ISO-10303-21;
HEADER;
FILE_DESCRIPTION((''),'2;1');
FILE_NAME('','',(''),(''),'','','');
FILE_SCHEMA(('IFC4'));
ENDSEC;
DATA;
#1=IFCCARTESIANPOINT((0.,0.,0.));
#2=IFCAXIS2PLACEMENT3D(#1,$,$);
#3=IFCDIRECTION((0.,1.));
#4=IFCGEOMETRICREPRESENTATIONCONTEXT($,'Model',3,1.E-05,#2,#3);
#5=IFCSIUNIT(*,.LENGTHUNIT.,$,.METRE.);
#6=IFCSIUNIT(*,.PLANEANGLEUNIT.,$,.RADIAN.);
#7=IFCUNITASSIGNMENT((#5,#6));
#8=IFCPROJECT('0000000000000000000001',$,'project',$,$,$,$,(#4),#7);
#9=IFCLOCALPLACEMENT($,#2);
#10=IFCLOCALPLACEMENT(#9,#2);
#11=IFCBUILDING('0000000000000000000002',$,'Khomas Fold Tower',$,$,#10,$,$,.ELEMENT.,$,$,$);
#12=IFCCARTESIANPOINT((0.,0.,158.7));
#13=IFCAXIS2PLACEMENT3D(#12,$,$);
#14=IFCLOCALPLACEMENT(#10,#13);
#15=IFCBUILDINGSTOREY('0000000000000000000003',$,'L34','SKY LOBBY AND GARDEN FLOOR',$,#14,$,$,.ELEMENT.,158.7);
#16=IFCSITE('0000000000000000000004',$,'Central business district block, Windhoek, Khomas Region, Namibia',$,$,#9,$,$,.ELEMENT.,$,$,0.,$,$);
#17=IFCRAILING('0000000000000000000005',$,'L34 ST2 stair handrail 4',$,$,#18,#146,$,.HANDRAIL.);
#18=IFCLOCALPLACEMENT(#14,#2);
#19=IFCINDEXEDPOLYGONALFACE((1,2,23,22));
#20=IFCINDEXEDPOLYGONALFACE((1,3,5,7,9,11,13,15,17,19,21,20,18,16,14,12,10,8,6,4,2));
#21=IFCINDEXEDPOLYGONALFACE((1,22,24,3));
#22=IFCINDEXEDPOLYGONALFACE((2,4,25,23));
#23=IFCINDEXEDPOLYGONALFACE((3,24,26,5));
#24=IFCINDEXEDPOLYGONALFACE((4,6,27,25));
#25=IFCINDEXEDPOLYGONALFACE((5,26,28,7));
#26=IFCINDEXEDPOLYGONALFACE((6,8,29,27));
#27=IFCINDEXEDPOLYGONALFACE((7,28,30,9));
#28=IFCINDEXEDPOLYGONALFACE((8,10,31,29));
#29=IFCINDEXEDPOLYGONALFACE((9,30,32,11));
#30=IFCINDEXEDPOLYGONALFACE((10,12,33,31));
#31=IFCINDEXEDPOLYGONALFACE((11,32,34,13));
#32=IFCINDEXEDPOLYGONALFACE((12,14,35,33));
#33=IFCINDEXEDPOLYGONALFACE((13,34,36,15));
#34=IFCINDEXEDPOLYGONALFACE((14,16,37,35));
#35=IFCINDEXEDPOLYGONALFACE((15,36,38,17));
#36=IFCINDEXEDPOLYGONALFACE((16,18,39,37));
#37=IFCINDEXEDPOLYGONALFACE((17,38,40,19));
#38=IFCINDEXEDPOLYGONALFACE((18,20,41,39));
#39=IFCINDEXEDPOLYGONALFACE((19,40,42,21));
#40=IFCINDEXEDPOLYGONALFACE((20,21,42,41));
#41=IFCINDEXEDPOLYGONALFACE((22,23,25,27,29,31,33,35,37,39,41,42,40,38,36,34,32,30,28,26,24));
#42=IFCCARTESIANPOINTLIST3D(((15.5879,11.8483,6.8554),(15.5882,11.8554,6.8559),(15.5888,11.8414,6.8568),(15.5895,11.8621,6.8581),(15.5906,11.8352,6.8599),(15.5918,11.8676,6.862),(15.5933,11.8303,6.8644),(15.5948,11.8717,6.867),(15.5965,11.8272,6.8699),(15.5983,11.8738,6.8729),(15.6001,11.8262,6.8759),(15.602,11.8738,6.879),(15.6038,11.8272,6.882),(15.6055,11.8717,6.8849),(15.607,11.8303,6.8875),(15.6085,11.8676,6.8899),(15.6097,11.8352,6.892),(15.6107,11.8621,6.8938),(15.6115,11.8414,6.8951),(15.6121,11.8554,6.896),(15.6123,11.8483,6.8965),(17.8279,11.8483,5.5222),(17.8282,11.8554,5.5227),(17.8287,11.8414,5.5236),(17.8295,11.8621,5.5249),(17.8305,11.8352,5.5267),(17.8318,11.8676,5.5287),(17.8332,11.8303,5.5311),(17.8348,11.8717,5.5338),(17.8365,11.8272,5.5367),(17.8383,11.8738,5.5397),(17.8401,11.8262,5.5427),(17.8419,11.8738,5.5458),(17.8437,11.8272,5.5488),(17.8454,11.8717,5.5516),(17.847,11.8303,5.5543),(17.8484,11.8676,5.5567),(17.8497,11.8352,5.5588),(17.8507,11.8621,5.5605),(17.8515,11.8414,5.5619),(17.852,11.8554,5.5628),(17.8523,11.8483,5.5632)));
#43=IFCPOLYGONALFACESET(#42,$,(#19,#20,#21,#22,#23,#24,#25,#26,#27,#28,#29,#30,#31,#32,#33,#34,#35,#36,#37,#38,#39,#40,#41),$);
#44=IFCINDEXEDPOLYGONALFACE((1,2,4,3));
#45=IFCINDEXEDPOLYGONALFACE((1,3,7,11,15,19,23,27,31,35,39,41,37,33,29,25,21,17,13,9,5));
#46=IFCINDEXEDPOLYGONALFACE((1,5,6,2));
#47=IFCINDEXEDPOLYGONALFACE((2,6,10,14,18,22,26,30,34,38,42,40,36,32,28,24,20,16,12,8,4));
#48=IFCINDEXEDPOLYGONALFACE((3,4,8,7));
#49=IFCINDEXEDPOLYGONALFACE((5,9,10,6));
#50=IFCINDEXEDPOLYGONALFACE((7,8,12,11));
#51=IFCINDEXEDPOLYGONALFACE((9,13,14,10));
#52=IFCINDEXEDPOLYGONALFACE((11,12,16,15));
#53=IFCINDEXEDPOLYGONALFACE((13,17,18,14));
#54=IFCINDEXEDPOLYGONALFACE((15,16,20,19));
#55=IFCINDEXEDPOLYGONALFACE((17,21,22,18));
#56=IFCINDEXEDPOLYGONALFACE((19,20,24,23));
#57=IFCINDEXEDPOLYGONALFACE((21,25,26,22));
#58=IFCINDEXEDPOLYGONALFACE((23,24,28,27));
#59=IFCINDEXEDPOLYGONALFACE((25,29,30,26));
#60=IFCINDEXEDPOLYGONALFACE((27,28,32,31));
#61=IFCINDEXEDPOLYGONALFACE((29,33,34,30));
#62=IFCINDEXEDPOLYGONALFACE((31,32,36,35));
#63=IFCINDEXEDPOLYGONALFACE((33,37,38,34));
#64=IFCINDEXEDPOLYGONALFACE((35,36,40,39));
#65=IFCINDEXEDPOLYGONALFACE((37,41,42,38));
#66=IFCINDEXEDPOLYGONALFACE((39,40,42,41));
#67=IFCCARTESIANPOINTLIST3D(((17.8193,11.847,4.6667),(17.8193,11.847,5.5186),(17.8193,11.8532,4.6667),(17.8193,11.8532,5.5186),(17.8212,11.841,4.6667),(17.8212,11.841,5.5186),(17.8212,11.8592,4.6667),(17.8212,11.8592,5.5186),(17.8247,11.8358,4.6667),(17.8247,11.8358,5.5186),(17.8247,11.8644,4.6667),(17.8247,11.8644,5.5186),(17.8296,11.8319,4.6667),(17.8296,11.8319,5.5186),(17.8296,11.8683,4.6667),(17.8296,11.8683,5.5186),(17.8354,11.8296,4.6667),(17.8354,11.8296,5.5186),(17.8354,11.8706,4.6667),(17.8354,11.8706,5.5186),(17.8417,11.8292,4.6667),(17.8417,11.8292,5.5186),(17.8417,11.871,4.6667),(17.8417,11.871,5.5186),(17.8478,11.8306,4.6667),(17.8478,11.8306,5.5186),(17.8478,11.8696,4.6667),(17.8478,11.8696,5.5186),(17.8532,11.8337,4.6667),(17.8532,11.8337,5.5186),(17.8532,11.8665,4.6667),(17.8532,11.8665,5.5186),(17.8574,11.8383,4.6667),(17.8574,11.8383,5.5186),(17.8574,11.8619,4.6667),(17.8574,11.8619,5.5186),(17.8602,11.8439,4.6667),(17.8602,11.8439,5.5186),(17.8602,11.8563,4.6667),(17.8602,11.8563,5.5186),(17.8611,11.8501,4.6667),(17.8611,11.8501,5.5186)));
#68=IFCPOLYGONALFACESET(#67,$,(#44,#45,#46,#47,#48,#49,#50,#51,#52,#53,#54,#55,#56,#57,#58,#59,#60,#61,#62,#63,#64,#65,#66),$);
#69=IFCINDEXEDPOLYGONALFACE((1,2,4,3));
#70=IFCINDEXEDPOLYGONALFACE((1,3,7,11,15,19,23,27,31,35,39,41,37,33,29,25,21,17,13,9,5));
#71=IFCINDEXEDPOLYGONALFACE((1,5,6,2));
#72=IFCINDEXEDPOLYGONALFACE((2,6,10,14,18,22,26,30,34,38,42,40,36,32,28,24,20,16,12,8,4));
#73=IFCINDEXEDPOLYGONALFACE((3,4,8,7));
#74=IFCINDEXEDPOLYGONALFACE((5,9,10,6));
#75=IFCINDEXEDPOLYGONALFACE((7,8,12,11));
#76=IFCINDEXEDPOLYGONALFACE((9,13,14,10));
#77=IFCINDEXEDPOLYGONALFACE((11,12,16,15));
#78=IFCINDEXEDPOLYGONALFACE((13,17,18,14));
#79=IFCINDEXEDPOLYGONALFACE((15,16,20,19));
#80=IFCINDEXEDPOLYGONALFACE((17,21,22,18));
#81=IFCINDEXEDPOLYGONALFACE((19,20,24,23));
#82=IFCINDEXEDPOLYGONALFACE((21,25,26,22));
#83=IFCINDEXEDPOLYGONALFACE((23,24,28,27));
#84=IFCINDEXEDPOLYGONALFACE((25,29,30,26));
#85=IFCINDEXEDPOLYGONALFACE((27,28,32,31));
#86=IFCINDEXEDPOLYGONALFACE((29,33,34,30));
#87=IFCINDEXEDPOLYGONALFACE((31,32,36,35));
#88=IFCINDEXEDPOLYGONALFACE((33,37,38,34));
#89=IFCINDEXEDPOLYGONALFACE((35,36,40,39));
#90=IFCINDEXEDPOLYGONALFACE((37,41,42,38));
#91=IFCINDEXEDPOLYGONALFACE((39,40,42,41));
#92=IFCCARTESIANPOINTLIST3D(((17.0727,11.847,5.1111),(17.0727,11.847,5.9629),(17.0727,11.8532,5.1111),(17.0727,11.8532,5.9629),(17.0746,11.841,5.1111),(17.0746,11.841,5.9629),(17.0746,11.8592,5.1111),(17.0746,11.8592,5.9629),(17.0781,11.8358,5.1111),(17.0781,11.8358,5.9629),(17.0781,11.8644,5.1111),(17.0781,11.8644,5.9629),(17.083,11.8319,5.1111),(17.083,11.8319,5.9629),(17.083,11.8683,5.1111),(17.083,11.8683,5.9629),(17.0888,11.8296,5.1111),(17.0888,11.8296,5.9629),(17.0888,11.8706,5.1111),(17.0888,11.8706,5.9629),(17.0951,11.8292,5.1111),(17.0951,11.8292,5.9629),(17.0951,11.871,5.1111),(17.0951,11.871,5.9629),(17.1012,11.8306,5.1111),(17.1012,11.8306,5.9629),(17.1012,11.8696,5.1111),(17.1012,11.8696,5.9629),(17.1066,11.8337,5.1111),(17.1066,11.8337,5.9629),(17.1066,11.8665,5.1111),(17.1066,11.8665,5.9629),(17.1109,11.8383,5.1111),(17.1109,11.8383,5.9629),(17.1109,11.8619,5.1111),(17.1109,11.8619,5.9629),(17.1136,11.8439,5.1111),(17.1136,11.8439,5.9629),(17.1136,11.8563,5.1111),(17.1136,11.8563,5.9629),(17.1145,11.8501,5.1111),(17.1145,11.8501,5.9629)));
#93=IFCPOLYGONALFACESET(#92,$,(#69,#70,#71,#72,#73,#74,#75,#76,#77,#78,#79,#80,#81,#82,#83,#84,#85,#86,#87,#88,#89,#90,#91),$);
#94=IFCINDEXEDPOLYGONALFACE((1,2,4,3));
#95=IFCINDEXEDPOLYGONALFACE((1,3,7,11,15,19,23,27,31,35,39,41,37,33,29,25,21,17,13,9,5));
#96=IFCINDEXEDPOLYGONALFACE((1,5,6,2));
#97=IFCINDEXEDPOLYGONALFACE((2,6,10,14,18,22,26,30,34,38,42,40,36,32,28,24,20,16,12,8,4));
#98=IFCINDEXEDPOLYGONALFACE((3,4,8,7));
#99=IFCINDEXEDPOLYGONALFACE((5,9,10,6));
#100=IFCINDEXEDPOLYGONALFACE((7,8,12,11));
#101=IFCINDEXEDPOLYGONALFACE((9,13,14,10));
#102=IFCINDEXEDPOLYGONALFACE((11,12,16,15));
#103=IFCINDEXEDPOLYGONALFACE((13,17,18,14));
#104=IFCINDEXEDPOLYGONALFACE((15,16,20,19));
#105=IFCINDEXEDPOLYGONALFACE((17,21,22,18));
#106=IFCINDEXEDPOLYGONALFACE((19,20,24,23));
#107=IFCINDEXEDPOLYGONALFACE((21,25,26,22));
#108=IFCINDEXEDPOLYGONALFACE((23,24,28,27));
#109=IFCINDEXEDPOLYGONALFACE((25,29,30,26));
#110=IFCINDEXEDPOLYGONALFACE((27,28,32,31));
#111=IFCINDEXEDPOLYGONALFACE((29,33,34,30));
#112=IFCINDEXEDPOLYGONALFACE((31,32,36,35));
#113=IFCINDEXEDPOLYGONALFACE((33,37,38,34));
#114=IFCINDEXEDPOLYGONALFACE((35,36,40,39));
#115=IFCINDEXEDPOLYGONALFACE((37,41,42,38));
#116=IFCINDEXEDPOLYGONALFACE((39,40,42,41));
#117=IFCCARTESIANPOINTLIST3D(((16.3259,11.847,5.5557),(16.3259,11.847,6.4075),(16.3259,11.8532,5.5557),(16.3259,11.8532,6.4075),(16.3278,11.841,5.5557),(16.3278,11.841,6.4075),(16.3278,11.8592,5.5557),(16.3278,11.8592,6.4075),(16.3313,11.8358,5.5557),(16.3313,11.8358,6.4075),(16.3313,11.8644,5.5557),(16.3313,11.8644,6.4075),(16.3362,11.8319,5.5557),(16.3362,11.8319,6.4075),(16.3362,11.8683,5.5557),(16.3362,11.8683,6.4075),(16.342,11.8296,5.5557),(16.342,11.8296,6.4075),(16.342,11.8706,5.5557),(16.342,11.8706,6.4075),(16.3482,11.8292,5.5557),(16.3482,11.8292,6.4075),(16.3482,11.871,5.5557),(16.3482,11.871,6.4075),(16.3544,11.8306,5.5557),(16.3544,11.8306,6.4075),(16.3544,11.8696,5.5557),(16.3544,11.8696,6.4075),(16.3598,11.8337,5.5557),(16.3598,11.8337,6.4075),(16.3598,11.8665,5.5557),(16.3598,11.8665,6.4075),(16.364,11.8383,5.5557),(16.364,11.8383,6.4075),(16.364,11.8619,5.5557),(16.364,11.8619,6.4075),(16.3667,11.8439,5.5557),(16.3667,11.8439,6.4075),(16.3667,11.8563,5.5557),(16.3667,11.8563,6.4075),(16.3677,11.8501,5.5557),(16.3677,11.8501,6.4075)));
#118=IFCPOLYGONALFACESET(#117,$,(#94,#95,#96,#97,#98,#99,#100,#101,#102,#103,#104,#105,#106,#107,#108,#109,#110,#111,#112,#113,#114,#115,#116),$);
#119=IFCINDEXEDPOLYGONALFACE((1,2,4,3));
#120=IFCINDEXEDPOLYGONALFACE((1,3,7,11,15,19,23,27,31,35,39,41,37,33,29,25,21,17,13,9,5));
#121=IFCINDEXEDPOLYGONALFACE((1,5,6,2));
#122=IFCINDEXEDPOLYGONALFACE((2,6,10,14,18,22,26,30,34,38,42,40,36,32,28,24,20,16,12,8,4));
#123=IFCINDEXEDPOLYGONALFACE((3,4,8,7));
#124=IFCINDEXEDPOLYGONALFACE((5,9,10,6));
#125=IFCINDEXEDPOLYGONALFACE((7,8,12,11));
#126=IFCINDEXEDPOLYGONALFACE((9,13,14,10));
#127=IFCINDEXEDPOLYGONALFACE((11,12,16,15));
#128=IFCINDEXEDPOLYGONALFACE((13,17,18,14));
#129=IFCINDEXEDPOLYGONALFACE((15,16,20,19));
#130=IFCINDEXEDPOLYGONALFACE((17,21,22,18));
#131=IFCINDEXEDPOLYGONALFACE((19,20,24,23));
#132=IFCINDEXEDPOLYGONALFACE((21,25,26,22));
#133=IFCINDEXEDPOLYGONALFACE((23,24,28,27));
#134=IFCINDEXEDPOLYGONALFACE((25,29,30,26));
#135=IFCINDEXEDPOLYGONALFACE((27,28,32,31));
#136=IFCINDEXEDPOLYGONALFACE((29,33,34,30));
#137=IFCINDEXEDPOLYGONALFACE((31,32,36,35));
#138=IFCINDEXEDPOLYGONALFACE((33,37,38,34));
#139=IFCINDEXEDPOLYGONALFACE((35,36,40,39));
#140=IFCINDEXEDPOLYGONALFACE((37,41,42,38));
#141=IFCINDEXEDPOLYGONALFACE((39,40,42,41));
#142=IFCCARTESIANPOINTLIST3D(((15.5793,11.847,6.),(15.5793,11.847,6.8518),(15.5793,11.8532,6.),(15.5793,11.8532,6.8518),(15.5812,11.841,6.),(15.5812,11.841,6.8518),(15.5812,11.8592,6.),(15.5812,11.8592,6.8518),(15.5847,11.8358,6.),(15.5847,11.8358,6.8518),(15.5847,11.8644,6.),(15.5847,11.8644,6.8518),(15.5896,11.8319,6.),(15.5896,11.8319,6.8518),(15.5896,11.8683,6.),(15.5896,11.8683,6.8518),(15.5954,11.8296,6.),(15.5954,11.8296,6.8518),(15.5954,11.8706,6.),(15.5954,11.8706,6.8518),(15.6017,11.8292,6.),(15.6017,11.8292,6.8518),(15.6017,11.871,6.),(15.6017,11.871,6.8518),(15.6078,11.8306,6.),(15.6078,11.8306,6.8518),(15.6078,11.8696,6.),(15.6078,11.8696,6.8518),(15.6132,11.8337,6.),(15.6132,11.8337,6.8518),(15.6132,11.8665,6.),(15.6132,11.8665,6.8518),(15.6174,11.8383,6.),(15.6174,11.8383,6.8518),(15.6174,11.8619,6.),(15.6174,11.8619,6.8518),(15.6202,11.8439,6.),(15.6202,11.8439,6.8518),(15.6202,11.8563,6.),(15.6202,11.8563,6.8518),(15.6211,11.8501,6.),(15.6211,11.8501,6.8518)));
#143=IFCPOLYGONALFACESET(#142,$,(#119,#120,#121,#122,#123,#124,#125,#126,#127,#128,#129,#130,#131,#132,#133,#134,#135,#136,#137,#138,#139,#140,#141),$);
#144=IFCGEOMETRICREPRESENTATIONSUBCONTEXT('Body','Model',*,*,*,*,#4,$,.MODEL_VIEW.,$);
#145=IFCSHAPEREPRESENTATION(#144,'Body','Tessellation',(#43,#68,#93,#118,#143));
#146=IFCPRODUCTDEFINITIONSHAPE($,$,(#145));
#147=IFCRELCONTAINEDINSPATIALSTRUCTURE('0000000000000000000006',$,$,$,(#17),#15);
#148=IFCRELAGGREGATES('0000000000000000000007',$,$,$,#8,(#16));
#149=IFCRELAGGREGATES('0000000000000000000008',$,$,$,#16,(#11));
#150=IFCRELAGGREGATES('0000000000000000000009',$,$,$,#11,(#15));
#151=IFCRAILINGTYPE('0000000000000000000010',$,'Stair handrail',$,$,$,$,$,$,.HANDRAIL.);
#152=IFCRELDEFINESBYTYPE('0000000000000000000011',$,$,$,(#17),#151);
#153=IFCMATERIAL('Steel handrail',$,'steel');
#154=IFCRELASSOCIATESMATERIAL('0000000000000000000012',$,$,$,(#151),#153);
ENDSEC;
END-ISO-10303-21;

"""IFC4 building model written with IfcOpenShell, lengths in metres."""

from ifc_helpers import new_model, si_unit, direction, frame, origin, origin_2d, place, context, subcontext, project, spatial, circle, extrude, source, transform, mapped, material, type_object, element, save


model = new_model("IFC4")

# Units and contexts
model_context = context("Model", 3, precision=1e-05, world=origin(), true_north=direction((0.0, 1.0)))
body_context = subcontext(model_context, "Body", "Model", "MODEL_VIEW")
ifc_project = project(units=[si_unit("LENGTHUNIT", "METRE"), si_unit("PLANEANGLEUNIT", "RADIAN")], contexts=[model_context])

# Site, building, storey
site_placement = place(None, origin())
site = spatial("IfcSite", under=ifc_project, at=site_placement, Name="Central business district block, Windhoek, Khomas Region, Namibia", CompositionType="ELEMENT", RefElevation=0.0)
building_placement = place(site_placement, origin())
building = spatial("IfcBuilding", under=site, at=building_placement, Name="Khomas Fold Tower", CompositionType="ELEMENT")
storey_placement = place(building_placement, frame((0.0, 0.0, 158.7)))
storey = spatial("IfcBuildingStorey", under=building, at=storey_placement, Name="L34", Description="SKY LOBBY AND GARDEN FLOOR", CompositionType="ELEMENT", Elevation=158.7)

# Railing
ifc_material_1 = material(Name="Steel handrail", Category="steel")
railing_type_1 = type_object("IfcRailingType", Name="Stair handrail", PredefinedType="HANDRAIL", material=ifc_material_1)
shared_shape_1 = source(origin(), body_context, "Body", "SweptSolid", [
    extrude(circle(Radius=0.0239, at=origin_2d()), frame((0.0, 0.0, 0.876), z_axis=(-0.859306, 0.0, 0.511462), x_axis=(0.0, -1.0, 0.0)), (0.0, 0.0, 1.0), 2.6067),
    extrude(circle(Radius=0.021, at=origin_2d()), origin(), (0.0, 0.0, 1.0), 0.8518),
    extrude(circle(Radius=0.021, at=origin_2d()), frame((-0.7466, 0.0, 0.4443)), (0.0, 0.0, 1.0), 0.8518),
    extrude(circle(Radius=0.021, at=origin_2d()), frame((-1.4934, 0.0, 0.8889)), (0.0, 0.0, 1.0), 0.8518),
    extrude(circle(Radius=0.021, at=origin_2d()), frame((-2.24, 0.0, 1.3333)), (0.0, 0.0, 1.0), 0.8518),
])
for number, where, name in (
    (1, (17.8401, 11.8501, 4.6667), "L34 ST2 stair handrail 4"),
):
    element("IfcRailing", number, at=place(storey_placement, frame(where)), inside=storey, type_object=railing_type_1, Name=name, PredefinedType="HANDRAIL", context=body_context, shape_type="MappedRepresentation", body=[
        mapped(shared_shape_1, transform((0.0, 0.0, 0.0))),
    ])

save(model, "model.ifc")
